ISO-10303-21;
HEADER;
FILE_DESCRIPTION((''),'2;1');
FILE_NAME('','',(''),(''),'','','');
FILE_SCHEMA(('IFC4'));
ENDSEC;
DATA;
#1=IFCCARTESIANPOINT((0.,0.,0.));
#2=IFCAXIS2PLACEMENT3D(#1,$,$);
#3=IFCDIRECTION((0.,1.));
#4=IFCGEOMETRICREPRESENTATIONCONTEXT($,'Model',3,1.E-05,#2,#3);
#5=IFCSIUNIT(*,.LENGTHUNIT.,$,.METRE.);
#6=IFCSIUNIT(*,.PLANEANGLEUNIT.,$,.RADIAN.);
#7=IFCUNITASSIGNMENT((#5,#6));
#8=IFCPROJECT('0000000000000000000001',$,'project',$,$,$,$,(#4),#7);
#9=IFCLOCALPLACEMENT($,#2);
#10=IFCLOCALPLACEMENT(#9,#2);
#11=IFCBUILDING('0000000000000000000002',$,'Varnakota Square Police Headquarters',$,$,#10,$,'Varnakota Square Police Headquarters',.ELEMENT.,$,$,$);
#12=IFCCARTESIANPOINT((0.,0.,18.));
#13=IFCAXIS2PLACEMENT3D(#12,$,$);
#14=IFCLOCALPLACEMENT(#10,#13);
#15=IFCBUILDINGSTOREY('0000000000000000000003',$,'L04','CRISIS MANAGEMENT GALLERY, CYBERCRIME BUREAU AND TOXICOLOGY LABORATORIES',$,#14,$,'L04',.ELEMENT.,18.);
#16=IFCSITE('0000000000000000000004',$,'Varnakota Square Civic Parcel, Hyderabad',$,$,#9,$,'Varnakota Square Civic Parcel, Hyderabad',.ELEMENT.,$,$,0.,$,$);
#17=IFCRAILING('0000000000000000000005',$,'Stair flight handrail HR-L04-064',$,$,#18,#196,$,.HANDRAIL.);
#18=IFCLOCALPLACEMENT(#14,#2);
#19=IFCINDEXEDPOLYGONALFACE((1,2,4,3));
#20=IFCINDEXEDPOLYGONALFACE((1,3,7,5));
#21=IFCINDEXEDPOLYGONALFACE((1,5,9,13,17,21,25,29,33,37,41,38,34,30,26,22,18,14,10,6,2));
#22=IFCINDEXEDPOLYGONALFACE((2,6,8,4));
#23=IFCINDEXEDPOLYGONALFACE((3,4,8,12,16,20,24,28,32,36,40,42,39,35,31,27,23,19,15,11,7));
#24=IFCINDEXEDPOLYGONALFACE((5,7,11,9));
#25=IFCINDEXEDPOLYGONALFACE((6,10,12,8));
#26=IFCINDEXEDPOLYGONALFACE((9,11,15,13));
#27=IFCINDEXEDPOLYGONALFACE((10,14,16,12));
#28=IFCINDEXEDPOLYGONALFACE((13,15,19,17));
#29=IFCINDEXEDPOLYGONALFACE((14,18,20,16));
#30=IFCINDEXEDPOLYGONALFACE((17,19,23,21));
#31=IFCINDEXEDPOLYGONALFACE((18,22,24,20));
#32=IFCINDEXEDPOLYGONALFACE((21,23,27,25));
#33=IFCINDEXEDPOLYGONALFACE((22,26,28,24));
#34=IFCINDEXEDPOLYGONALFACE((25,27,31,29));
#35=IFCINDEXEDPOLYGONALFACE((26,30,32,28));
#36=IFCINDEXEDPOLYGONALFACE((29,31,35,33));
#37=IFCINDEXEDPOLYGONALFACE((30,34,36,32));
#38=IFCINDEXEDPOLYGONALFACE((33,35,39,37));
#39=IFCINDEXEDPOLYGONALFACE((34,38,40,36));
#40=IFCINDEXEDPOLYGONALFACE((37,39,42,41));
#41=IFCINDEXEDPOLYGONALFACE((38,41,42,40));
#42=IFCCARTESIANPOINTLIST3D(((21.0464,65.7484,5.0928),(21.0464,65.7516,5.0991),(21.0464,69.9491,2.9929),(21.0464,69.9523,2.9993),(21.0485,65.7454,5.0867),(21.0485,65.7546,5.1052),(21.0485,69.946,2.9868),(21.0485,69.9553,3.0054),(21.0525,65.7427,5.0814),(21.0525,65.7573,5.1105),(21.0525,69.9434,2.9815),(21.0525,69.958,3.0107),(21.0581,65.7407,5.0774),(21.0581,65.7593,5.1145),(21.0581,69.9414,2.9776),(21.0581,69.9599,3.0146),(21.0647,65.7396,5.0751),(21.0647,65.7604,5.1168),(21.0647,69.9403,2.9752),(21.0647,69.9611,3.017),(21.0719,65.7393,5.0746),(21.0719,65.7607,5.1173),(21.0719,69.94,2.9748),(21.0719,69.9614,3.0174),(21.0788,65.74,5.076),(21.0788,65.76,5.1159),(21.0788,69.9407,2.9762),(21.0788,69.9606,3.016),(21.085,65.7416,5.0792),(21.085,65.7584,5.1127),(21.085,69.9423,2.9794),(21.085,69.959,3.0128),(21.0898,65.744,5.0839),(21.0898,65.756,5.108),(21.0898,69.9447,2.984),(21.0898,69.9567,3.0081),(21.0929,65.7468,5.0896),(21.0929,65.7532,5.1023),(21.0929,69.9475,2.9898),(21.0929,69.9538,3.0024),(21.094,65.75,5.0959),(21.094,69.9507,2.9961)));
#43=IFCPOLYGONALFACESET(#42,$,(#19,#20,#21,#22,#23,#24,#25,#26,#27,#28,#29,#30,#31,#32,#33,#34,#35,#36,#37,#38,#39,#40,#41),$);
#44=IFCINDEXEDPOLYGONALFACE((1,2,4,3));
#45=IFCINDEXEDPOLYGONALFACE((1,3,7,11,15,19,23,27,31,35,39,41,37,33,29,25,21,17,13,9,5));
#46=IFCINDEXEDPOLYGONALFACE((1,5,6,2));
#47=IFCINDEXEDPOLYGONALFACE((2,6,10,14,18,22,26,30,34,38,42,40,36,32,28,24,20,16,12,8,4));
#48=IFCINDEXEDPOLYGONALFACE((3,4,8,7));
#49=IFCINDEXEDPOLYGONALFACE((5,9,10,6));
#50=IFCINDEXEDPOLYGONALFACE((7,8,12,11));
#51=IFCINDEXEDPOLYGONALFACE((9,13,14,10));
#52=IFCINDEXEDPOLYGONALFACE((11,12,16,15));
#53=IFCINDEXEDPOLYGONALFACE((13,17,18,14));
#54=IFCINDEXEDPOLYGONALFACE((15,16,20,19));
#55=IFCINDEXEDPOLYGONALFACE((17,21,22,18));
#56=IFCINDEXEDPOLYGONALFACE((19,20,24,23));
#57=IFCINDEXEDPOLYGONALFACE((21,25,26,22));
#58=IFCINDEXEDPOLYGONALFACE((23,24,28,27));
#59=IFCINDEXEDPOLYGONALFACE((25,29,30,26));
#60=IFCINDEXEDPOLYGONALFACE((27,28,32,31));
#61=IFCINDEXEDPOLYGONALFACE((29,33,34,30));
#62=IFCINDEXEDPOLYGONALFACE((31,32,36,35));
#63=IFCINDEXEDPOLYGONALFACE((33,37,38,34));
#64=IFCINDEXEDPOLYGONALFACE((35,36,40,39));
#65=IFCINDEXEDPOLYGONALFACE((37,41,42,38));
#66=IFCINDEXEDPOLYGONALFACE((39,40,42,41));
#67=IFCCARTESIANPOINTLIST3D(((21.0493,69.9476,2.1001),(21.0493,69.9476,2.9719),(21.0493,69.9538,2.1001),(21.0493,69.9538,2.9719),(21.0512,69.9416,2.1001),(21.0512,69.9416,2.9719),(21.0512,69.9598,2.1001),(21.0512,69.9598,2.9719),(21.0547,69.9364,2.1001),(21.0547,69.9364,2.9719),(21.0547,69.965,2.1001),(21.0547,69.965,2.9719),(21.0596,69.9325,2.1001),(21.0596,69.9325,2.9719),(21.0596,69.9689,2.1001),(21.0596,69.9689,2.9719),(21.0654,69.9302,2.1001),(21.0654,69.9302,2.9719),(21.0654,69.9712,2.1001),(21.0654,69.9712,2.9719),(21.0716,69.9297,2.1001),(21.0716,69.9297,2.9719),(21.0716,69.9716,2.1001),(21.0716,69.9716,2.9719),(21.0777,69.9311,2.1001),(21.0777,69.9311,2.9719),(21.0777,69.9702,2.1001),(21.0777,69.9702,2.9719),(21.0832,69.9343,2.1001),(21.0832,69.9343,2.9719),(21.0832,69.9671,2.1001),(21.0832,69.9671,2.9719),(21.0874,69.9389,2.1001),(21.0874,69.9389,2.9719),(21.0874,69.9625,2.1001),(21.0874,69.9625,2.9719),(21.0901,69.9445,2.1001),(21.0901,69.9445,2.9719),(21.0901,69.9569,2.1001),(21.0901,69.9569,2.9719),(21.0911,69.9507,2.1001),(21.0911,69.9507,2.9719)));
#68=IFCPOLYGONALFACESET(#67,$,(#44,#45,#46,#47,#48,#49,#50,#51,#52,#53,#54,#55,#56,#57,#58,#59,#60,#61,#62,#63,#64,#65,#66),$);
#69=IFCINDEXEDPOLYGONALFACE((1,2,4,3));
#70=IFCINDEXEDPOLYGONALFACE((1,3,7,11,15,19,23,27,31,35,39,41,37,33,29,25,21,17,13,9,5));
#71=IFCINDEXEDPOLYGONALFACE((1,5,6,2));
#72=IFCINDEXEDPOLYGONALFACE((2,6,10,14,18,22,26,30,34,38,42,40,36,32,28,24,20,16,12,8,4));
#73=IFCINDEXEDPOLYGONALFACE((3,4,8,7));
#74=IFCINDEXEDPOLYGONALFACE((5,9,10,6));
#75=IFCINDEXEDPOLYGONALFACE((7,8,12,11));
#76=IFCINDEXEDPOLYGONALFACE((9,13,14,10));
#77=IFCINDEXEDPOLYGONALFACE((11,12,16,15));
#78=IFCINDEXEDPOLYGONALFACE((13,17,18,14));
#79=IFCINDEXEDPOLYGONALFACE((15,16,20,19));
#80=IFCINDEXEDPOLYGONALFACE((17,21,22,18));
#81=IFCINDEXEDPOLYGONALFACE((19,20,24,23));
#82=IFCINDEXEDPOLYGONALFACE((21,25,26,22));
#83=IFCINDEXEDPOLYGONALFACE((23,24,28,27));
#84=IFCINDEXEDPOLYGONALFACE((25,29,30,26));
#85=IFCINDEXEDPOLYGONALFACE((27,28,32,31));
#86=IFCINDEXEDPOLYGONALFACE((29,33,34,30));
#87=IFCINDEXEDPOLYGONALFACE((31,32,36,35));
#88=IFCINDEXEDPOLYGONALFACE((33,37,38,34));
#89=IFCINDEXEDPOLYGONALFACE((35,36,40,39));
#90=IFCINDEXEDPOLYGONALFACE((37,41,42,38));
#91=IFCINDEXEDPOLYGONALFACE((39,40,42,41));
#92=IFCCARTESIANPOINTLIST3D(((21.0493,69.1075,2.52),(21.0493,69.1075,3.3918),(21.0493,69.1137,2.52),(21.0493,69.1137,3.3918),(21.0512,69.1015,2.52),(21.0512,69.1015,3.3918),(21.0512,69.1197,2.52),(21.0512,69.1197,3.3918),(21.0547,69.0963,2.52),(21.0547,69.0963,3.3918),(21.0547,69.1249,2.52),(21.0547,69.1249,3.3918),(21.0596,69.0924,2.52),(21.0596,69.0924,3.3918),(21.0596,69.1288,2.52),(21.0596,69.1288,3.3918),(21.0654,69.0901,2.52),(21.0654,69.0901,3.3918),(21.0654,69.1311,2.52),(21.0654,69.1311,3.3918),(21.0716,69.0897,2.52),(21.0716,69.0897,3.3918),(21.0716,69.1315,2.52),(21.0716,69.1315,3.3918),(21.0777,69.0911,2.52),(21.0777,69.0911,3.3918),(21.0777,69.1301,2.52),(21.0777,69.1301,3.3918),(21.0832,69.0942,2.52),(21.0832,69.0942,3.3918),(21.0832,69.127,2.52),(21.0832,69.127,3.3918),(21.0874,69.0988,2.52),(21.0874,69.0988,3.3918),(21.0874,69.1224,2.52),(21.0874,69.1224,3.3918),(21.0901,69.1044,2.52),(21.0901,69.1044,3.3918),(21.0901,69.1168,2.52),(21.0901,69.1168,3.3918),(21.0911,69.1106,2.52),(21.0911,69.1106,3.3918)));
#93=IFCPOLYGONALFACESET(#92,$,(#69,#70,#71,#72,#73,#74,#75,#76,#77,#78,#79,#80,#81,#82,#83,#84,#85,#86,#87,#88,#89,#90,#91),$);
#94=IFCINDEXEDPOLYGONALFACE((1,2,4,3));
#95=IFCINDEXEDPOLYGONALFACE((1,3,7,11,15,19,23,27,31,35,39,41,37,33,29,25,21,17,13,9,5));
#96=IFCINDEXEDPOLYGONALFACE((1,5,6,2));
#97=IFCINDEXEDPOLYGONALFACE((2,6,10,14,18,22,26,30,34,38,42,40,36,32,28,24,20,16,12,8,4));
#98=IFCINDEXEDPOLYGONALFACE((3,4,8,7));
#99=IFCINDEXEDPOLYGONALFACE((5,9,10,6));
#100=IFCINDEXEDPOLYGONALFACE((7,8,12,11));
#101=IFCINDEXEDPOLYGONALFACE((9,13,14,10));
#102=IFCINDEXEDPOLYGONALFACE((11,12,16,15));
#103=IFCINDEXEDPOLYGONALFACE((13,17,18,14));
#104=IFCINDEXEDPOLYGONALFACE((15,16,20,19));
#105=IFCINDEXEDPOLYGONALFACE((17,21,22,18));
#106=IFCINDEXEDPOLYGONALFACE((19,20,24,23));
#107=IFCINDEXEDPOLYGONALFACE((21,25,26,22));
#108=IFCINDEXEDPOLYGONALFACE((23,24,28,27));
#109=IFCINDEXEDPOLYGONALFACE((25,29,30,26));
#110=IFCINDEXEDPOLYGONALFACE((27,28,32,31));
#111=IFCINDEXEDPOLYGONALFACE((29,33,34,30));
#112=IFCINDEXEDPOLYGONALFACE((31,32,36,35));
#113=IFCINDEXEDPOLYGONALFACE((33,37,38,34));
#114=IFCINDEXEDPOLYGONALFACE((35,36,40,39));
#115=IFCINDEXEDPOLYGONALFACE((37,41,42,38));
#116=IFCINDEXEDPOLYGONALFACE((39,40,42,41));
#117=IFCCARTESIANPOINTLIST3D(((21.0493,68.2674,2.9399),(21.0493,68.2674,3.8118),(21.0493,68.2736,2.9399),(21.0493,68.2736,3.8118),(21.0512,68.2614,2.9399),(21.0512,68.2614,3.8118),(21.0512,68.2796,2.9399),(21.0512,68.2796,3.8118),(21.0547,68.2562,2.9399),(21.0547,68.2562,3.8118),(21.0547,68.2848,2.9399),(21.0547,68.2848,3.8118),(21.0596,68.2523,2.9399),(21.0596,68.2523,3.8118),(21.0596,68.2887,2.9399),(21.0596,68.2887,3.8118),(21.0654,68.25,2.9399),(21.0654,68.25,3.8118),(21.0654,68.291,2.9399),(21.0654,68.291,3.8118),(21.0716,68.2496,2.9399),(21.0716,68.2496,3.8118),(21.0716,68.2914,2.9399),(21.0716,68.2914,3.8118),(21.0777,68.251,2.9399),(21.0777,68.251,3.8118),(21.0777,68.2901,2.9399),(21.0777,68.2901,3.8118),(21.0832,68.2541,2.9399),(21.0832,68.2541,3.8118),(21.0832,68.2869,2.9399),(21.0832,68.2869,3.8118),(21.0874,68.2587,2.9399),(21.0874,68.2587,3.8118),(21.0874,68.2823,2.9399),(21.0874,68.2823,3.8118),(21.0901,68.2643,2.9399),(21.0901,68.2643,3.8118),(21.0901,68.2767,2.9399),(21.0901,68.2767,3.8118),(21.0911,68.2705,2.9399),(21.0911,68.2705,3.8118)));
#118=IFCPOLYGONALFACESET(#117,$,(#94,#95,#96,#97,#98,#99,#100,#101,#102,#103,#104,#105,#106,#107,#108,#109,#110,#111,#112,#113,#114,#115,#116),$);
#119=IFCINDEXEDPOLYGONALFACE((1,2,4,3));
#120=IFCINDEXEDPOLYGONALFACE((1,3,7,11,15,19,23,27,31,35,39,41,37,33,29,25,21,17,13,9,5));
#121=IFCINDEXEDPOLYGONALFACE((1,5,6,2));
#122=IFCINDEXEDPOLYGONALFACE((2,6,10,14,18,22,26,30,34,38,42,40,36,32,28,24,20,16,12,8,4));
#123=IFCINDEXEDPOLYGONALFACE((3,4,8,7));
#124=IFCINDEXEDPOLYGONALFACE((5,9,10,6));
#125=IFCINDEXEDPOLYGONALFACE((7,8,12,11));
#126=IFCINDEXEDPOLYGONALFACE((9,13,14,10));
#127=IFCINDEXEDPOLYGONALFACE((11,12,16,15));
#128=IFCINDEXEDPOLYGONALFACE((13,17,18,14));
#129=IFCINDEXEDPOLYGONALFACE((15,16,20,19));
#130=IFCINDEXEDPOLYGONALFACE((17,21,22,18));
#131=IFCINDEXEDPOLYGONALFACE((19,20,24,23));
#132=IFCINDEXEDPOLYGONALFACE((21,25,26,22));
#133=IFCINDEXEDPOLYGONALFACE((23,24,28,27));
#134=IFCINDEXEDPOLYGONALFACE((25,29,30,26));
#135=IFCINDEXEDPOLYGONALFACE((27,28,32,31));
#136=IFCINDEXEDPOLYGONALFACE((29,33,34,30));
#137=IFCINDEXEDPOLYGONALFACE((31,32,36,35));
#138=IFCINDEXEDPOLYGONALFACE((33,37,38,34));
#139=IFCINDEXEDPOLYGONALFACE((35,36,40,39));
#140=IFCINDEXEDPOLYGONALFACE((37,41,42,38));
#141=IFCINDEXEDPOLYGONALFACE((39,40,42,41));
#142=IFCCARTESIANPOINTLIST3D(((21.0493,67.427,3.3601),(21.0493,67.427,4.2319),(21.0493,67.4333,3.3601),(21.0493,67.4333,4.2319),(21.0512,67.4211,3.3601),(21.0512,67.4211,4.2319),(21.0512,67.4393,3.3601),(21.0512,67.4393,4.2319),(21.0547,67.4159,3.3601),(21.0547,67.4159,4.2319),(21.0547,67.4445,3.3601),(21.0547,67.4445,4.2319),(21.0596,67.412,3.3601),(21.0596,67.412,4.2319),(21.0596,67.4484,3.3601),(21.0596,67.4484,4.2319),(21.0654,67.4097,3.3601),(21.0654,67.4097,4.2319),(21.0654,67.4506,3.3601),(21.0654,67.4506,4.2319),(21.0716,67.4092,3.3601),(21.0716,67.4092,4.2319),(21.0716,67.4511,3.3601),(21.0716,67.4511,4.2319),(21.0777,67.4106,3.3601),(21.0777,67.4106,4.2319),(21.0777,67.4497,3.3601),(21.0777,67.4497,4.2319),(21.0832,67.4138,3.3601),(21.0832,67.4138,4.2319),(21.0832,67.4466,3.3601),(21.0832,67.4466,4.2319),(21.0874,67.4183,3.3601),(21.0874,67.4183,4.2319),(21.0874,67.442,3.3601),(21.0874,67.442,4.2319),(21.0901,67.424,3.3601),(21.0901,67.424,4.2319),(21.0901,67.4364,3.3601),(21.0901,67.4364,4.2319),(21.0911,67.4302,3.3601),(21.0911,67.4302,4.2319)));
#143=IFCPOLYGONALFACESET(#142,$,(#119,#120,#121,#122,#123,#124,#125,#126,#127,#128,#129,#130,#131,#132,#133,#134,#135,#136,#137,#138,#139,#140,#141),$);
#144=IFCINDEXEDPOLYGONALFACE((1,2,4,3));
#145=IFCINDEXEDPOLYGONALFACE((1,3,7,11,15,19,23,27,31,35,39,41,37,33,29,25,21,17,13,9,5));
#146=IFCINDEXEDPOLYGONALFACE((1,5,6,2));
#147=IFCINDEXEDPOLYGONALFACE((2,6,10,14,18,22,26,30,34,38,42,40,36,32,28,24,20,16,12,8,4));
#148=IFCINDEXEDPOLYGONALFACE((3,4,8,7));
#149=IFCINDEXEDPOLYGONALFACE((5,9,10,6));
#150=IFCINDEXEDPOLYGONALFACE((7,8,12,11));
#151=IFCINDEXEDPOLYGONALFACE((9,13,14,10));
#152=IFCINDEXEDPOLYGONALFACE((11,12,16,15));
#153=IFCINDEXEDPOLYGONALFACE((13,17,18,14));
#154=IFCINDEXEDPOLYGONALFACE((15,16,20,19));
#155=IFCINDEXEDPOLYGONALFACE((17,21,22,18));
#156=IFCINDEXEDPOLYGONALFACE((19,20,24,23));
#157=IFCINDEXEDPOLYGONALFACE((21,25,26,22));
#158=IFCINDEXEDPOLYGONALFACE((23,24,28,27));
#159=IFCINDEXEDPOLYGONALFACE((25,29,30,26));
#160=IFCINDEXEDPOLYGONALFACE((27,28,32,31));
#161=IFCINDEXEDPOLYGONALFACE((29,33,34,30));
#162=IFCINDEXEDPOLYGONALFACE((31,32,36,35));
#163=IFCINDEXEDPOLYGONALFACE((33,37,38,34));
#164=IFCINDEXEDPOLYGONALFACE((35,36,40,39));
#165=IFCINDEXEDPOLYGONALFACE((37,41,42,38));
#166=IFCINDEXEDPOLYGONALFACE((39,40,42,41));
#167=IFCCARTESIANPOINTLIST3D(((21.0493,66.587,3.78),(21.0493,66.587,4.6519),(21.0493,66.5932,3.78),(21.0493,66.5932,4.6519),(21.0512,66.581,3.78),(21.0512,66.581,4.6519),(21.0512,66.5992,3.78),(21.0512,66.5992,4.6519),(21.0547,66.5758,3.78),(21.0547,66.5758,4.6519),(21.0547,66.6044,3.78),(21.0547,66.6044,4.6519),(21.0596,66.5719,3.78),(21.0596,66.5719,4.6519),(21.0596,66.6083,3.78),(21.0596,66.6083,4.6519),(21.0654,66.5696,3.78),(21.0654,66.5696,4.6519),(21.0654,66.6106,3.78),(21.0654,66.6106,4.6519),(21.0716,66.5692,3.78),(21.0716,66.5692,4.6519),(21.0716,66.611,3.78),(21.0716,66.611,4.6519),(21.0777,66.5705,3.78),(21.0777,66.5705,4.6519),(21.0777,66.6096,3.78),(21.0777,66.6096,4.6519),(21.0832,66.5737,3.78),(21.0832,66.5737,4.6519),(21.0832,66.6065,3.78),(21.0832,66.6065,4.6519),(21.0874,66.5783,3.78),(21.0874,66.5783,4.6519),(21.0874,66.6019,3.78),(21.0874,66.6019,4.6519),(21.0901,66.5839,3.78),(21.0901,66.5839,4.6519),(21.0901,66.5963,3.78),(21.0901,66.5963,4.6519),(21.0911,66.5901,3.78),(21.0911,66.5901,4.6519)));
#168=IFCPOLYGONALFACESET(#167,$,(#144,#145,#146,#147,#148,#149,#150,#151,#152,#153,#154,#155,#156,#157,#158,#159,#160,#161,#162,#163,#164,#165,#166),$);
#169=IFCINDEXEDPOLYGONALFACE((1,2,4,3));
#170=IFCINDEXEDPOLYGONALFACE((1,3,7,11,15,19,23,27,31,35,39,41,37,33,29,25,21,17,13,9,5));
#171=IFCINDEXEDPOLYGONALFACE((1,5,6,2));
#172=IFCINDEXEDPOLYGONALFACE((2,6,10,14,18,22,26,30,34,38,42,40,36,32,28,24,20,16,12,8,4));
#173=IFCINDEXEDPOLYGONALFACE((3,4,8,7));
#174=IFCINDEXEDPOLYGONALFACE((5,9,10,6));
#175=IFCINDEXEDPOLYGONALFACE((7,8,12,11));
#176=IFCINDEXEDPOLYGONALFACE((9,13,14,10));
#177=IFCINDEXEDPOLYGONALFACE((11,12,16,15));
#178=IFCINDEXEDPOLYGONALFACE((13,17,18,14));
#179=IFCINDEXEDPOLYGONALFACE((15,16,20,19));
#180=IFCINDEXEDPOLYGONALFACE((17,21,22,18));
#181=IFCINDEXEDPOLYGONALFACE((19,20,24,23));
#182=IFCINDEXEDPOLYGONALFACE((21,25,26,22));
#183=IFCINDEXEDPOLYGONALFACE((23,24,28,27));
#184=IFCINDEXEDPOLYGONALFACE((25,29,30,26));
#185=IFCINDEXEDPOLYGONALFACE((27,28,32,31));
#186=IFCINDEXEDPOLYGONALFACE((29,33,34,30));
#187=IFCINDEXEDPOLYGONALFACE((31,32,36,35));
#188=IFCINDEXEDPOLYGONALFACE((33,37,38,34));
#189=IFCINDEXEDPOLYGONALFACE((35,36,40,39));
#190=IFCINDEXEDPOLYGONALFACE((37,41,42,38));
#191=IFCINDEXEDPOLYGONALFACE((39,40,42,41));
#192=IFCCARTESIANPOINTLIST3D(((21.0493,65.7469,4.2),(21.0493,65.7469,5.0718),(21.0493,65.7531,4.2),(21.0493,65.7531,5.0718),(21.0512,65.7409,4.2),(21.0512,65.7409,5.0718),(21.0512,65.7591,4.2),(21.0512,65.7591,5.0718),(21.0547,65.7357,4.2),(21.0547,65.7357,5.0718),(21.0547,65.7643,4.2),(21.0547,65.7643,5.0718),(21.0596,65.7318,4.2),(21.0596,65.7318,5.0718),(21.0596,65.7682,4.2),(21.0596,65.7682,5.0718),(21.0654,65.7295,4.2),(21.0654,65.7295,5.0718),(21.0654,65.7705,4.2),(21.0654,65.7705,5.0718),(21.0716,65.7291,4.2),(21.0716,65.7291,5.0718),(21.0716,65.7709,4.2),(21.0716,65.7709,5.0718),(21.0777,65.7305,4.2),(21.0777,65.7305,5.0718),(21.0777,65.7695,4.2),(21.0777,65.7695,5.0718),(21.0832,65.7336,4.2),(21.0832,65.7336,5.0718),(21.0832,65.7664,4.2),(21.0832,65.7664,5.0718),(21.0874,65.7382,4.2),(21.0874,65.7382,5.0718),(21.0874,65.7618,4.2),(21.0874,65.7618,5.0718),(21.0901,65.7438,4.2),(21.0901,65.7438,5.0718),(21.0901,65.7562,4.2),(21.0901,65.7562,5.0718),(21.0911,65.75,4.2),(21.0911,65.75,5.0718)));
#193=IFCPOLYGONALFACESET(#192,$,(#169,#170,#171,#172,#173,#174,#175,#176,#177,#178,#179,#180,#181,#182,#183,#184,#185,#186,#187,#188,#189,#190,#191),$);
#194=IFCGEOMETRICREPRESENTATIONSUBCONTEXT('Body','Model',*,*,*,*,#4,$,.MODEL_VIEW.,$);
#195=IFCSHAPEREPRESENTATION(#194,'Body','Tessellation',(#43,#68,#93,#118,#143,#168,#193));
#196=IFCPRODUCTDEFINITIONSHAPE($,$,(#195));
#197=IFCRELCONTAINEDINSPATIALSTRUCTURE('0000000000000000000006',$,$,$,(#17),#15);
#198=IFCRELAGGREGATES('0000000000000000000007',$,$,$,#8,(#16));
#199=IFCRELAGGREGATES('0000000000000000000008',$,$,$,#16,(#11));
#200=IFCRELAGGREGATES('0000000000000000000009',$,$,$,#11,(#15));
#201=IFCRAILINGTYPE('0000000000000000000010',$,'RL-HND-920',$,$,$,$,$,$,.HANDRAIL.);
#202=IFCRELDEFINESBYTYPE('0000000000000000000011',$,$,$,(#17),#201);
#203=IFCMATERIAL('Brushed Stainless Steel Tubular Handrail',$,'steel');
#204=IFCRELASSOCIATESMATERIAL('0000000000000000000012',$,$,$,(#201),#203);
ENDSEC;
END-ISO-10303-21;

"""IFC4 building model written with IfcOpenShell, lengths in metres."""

from ifc_helpers import new_model, si_unit, direction, frame, origin, origin_2d, place, context, subcontext, project, spatial, circle, extrude, material, type_object, element, save


model = new_model("IFC4")

# Units and contexts
model_context = context("Model", 3, precision=1e-05, world=origin(), true_north=direction((0.0, 1.0)))
body_context = subcontext(model_context, "Body", "Model", "MODEL_VIEW")
ifc_project = project(units=[si_unit("LENGTHUNIT", "METRE"), si_unit("PLANEANGLEUNIT", "RADIAN")], contexts=[model_context])

# Site, building, storey
site_placement = place(None, origin())
site = spatial("IfcSite", under=ifc_project, at=site_placement, Name="Varnakota Square Civic Parcel, Hyderabad", LongName="Varnakota Square Civic Parcel, Hyderabad", CompositionType="ELEMENT", RefElevation=0.0)
building_placement = place(site_placement, origin())
building = spatial("IfcBuilding", under=site, at=building_placement, Name="Varnakota Square Police Headquarters", LongName="Varnakota Square Police Headquarters", CompositionType="ELEMENT")
storey_placement = place(building_placement, frame((0.0, 0.0, 18.0)))
storey = spatial("IfcBuildingStorey", under=building, at=storey_placement, Name="L04", Description="CRISIS MANAGEMENT GALLERY, CYBERCRIME BUREAU AND TOXICOLOGY LABORATORIES", LongName="L04", CompositionType="ELEMENT", Elevation=18.0)

# Railing
ifc_material_1 = material(Name="Brushed Stainless Steel Tubular Handrail", Category="steel")
railing_type_1 = type_object("IfcRailingType", Name="RL-HND-920", PredefinedType="HANDRAIL", material=ifc_material_1)
railing_1_placement = place(storey_placement, frame((21.0701, 69.9507, 2.1001)))
element("IfcRailing", 1, at=railing_1_placement, inside=storey, type_object=railing_type_1, Name="Stair flight handrail HR-L04-064", PredefinedType="HANDRAIL", context=body_context, shape_type="SweptSolid", body=[
    extrude(circle(Radius=0.0239, at=origin_2d()), frame((0.0, 0.0, 0.896), z_axis=(0.0, -0.894469, 0.44713), x_axis=(1.0, 0.0, 0.0)), (0.0, 0.0, 1.0), 4.6963),
    extrude(circle(Radius=0.021, at=origin_2d()), origin(), (0.0, 0.0, 1.0), 0.8718),
    extrude(circle(Radius=0.021, at=origin_2d()), frame((0.0, -0.8401, 0.4199)), (0.0, 0.0, 1.0), 0.8718),
    extrude(circle(Radius=0.021, at=origin_2d()), frame((0.0, -1.6802, 0.8398)), (0.0, 0.0, 1.0), 0.8718),
    extrude(circle(Radius=0.021, at=origin_2d()), frame((0.0, -2.5205, 1.26)), (0.0, 0.0, 1.0), 0.8718),
    extrude(circle(Radius=0.021, at=origin_2d()), frame((0.0, -3.3606, 1.6799)), (0.0, 0.0, 1.0), 0.8718),
    extrude(circle(Radius=0.021, at=origin_2d()), frame((0.0, -4.2007, 2.0999)), (0.0, 0.0, 1.0), 0.8718),
])

save(model, "model.ifc")
